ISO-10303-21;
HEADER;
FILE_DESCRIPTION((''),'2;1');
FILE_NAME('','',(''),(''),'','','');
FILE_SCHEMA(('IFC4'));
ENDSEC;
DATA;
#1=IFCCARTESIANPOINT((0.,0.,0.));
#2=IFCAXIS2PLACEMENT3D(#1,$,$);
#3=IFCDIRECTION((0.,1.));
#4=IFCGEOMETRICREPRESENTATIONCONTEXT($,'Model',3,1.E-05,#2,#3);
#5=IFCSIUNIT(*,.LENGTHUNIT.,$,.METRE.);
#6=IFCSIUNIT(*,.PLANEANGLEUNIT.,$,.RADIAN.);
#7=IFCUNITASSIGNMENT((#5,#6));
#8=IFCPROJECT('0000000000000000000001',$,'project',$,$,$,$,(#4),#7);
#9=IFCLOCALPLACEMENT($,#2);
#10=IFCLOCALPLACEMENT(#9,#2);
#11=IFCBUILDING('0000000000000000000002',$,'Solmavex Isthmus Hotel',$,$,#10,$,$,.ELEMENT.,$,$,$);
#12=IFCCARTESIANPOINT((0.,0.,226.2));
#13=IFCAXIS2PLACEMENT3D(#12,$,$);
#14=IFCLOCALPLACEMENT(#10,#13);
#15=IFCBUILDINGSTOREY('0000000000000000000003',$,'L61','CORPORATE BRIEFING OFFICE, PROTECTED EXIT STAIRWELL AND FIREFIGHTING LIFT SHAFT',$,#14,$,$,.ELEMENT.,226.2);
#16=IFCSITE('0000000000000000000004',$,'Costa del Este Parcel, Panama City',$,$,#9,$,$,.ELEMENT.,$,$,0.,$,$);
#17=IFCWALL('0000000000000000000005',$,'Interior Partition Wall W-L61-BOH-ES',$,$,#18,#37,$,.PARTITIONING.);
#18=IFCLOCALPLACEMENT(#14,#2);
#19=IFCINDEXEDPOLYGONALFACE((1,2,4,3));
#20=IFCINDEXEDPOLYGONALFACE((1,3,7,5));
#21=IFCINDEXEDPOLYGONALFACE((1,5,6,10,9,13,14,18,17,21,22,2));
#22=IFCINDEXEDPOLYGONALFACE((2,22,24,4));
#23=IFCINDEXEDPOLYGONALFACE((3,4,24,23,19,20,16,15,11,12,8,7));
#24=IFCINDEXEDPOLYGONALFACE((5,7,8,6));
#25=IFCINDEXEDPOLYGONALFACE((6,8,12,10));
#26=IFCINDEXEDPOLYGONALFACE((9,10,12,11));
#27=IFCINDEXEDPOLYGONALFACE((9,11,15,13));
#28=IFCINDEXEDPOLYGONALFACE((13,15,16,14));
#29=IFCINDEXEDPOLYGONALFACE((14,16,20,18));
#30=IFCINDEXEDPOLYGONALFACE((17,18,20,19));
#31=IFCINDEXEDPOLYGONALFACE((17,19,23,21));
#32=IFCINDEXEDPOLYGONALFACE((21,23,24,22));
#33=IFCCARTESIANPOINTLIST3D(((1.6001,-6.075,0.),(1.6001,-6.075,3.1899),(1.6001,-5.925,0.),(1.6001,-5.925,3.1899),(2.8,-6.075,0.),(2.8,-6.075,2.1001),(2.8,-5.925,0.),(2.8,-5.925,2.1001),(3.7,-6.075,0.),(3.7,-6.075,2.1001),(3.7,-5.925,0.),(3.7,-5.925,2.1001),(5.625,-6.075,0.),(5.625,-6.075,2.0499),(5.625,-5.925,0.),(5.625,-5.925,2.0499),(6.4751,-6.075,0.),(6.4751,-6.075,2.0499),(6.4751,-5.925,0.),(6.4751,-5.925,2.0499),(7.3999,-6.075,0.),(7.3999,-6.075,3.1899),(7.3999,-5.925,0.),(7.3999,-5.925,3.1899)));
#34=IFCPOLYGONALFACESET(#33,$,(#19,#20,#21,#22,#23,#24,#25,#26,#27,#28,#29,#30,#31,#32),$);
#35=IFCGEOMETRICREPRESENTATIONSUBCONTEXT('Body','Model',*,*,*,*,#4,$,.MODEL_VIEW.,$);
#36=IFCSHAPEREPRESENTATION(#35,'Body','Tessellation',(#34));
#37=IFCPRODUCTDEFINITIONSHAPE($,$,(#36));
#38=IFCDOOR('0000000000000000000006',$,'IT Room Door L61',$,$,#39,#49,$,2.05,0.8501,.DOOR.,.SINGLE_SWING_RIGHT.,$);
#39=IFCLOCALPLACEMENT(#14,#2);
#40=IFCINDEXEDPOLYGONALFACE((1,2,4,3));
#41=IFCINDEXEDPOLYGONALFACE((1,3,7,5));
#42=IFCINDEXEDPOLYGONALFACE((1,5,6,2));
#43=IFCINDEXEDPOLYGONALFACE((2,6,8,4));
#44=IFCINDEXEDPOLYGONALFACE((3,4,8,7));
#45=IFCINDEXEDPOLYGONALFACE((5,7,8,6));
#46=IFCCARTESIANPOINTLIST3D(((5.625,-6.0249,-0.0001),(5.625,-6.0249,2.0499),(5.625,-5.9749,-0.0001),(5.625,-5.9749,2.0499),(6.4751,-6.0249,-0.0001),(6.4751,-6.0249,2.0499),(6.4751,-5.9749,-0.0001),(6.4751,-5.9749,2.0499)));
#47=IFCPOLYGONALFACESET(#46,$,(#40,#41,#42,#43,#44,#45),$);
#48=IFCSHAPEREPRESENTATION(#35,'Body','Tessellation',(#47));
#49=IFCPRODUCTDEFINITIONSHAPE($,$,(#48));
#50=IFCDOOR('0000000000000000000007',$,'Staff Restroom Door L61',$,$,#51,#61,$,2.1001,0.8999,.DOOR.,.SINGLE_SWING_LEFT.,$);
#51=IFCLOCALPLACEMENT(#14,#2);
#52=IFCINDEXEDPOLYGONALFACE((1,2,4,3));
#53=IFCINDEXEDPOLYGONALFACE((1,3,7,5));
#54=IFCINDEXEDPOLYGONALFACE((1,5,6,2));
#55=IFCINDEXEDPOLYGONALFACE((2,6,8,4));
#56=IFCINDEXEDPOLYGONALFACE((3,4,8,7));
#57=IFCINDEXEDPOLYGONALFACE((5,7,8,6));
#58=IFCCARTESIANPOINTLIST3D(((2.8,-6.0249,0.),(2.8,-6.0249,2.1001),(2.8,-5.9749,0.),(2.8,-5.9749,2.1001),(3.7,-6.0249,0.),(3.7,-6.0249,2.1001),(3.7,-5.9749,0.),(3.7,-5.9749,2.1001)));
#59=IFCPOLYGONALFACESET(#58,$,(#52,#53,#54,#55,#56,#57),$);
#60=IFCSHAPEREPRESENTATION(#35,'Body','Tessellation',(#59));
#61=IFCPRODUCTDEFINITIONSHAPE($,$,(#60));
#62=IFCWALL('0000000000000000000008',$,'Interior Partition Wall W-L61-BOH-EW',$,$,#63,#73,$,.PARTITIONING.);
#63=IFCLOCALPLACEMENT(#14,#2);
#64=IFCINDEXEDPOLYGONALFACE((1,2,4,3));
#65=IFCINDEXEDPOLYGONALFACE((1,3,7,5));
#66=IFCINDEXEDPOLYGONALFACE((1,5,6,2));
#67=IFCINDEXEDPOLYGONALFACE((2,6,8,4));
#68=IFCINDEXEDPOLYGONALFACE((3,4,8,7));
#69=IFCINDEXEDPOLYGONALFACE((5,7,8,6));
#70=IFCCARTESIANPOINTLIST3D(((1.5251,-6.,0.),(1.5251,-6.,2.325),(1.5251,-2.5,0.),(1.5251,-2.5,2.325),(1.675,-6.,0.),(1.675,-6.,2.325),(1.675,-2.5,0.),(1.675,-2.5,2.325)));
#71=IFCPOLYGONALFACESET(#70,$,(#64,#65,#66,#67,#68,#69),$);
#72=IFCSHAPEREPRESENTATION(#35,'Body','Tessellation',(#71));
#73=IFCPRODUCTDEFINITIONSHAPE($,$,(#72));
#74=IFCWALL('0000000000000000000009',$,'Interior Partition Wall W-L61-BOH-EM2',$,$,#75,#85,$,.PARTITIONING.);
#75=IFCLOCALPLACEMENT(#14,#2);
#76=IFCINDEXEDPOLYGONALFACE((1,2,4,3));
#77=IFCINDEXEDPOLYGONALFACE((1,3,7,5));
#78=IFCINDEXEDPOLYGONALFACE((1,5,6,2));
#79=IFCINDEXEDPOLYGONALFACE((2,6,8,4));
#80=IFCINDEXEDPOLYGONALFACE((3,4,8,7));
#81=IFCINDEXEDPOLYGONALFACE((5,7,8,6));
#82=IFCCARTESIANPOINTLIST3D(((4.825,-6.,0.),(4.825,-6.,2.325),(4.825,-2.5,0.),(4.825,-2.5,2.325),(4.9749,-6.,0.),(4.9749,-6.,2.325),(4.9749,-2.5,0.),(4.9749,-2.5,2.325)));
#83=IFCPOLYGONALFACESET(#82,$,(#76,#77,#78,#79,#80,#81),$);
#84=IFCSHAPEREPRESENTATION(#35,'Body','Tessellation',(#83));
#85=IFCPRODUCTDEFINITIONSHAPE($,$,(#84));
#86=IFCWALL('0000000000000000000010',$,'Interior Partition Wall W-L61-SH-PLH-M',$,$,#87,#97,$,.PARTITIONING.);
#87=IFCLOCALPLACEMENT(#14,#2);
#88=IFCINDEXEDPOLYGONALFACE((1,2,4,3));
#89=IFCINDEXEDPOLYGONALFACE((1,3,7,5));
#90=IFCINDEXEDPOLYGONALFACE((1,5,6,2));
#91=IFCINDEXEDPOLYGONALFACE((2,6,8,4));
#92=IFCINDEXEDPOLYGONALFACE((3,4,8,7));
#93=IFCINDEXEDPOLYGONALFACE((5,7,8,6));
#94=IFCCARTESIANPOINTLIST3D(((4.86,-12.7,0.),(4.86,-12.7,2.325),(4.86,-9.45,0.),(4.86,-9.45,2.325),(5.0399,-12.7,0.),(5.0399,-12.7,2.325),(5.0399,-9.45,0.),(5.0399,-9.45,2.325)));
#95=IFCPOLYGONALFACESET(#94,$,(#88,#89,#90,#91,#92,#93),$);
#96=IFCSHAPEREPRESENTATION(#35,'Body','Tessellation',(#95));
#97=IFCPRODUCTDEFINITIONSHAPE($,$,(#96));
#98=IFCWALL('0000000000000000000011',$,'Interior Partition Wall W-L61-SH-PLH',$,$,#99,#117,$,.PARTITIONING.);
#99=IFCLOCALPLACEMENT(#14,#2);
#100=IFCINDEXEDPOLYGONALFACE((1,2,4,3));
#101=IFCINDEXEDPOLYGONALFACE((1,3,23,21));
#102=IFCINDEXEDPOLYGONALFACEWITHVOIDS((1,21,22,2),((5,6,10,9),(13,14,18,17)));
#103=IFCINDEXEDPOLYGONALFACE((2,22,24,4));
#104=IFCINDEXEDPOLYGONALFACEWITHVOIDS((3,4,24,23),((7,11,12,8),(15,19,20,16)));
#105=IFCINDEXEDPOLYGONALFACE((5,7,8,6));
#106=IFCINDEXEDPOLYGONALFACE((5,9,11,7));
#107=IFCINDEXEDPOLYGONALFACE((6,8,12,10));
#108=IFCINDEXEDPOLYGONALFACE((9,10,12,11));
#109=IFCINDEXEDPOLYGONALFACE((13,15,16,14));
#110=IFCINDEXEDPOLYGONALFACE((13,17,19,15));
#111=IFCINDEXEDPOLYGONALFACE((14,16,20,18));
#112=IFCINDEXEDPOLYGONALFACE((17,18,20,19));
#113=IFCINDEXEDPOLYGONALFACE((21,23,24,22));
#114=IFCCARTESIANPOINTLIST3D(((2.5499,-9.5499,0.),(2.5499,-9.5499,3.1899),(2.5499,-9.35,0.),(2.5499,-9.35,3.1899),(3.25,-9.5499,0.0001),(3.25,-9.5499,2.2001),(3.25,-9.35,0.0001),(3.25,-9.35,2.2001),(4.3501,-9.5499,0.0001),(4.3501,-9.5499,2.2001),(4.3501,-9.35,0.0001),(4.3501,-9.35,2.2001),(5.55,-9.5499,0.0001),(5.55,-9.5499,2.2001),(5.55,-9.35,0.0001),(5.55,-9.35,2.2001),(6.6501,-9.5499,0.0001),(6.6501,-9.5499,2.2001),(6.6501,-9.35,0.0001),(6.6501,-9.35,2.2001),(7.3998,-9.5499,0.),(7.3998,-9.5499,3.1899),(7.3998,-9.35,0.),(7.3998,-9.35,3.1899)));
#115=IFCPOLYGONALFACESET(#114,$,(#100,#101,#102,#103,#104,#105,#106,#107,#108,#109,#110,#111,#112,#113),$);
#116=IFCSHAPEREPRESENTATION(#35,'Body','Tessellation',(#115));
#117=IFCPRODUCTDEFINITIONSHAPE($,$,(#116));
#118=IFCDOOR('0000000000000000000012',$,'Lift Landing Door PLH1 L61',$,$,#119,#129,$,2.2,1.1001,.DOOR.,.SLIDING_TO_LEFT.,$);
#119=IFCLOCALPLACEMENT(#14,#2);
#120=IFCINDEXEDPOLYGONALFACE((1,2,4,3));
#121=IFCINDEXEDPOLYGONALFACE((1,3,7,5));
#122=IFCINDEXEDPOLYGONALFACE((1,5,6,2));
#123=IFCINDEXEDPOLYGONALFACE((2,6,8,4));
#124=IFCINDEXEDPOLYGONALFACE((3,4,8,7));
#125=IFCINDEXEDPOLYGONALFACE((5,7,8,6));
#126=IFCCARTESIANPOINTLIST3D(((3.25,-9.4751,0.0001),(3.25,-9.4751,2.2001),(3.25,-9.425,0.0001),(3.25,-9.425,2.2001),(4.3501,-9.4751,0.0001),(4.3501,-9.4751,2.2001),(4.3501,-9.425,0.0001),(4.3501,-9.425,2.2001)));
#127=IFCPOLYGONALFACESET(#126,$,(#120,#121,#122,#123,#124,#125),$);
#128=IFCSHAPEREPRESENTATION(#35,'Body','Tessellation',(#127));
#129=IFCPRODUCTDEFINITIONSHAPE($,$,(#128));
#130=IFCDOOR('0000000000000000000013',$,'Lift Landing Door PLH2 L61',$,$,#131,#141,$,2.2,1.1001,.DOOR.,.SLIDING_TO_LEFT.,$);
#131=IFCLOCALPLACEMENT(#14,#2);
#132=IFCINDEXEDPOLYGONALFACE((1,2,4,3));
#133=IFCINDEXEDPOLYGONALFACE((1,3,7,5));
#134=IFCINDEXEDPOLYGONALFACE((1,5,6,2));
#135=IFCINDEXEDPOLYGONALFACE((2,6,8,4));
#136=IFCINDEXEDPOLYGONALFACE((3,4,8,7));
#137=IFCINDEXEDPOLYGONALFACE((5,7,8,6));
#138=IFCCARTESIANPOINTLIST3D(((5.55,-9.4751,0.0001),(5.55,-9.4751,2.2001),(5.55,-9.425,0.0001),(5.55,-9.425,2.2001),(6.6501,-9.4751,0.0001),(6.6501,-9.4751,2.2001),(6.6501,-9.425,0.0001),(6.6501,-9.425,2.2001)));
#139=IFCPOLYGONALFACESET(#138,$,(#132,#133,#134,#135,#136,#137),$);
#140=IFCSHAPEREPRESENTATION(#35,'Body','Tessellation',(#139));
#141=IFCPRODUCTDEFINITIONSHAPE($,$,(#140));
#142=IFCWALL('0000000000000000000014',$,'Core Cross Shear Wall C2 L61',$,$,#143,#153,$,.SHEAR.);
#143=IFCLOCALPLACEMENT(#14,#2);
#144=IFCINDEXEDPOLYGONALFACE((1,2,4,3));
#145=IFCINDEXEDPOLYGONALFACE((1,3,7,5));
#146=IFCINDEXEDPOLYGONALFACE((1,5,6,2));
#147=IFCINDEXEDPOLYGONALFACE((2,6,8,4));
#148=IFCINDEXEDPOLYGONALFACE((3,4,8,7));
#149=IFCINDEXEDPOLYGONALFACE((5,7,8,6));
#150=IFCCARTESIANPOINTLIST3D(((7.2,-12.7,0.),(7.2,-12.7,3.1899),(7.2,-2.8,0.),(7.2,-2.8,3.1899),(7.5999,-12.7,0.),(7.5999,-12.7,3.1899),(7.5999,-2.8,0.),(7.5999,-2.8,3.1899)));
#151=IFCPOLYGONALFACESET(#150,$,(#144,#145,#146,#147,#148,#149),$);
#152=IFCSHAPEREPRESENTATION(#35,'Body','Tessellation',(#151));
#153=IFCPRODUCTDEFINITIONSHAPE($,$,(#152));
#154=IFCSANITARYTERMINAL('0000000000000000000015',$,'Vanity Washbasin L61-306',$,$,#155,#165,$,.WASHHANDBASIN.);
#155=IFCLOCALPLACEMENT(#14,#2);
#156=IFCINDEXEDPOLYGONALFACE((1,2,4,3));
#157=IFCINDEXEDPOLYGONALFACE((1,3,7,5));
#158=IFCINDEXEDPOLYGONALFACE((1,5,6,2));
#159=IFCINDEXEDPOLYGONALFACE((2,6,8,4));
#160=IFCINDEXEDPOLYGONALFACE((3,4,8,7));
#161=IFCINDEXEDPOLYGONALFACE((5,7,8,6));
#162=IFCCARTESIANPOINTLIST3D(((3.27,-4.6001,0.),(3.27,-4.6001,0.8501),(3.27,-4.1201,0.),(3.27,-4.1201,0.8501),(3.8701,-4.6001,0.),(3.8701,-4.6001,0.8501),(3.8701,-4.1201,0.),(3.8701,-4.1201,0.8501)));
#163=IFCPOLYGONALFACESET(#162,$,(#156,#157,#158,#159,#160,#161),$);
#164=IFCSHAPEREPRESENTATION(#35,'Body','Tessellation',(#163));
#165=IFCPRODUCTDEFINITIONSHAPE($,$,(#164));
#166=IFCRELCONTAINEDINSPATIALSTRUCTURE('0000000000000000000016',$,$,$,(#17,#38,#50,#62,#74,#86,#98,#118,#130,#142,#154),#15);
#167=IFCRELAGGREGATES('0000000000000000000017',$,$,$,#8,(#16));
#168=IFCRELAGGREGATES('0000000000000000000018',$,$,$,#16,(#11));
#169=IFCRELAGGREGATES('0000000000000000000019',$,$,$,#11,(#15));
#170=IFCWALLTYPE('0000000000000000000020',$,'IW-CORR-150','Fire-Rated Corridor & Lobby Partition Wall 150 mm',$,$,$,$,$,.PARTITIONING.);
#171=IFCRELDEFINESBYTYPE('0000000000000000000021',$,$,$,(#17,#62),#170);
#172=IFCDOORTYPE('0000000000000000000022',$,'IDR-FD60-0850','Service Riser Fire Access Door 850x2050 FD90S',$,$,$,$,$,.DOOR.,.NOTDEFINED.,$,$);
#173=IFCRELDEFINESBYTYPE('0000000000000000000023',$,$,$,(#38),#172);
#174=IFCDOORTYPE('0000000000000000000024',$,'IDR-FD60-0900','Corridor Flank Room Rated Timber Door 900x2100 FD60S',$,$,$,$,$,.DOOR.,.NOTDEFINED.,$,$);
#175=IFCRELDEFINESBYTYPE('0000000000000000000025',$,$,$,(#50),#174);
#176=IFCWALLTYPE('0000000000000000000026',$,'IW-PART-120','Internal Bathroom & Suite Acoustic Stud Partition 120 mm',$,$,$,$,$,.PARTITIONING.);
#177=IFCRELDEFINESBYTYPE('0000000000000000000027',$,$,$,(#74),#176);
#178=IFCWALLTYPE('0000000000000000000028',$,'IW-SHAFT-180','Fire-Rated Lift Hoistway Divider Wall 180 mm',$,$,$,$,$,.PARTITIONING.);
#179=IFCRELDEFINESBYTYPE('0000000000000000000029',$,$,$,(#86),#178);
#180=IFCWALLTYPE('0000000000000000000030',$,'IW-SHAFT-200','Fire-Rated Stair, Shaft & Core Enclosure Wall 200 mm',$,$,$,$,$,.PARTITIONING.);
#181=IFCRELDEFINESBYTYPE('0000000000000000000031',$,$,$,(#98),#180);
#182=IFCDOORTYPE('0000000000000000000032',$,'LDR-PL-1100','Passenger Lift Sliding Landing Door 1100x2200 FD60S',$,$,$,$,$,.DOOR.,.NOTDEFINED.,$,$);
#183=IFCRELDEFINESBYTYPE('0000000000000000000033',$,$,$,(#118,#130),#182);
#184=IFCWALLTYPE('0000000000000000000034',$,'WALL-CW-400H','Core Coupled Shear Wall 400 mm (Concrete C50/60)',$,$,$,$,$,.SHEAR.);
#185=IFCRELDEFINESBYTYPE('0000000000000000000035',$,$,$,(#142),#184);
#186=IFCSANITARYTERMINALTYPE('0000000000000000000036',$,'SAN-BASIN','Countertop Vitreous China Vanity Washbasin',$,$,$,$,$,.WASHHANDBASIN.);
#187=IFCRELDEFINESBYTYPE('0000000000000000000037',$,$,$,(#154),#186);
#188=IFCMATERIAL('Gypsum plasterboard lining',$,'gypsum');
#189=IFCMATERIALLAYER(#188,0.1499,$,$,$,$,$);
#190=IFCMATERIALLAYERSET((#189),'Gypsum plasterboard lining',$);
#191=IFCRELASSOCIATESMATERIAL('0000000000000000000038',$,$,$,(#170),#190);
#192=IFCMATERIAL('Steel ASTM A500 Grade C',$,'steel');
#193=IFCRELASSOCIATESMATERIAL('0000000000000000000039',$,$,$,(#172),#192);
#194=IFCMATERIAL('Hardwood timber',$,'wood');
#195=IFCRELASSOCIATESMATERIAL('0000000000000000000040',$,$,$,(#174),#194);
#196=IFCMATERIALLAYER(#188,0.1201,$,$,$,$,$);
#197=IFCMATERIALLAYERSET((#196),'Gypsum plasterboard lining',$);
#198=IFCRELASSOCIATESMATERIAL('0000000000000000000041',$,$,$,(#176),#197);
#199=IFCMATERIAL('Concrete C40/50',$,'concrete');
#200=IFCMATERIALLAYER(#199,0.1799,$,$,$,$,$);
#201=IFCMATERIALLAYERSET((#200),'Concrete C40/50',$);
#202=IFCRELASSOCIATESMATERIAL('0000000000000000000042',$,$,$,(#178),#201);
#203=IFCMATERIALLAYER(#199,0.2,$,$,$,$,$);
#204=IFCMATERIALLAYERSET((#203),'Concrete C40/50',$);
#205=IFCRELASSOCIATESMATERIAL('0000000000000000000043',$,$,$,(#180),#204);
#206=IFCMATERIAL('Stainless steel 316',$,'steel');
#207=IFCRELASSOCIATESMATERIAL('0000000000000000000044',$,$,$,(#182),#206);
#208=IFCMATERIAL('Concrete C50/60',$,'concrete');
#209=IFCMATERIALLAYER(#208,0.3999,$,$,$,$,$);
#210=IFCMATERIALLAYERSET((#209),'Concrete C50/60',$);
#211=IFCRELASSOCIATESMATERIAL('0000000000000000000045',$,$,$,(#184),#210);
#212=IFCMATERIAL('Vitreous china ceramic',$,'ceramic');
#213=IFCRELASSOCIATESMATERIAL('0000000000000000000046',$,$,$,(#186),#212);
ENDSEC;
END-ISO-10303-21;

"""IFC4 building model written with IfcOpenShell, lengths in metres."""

from ifc_helpers import new_model, si_unit, direction, frame, frame_2d, origin, origin_2d, place, context, subcontext, project, spatial, rectangle, extrude, material, layer, layer_set, type_object, element, fill, save


model = new_model("IFC4")

# Units and contexts
model_context = context("Model", 3, precision=1e-05, world=origin(), true_north=direction((0.0, 1.0)))
body_context = subcontext(model_context, "Body", "Model", "MODEL_VIEW")
ifc_project = project(units=[si_unit("LENGTHUNIT", "METRE"), si_unit("PLANEANGLEUNIT", "RADIAN")], contexts=[model_context])

# Site, building, storey
site_placement = place(None, origin())
site = spatial("IfcSite", under=ifc_project, at=site_placement, Name="Costa del Este Parcel, Panama City", CompositionType="ELEMENT", RefElevation=0.0)
building_placement = place(site_placement, origin())
building = spatial("IfcBuilding", under=site, at=building_placement, Name="Solmavex Isthmus Hotel", CompositionType="ELEMENT")
storey_placement = place(building_placement, frame((0.0, 0.0, 226.2)))
storey = spatial("IfcBuildingStorey", under=building, at=storey_placement, Name="L61", Description="CORPORATE BRIEFING OFFICE, PROTECTED EXIT STAIRWELL AND FIREFIGHTING LIFT SHAFT", CompositionType="ELEMENT", Elevation=226.2)

# Shared definitions
ifc_material_1 = material(Name="Concrete C50/60", Category="concrete")

# Shared definitions
ifc_material_2 = material(Name="Gypsum plasterboard lining", Category="gypsum")

# Wall, openings, doors
ifc_layer_1 = layer(ifc_material_2, 0.1499)
ifc_layer_set_1 = layer_set([ifc_layer_1], Name="Gypsum plasterboard lining")
wall_type_1 = type_object("IfcWallType", Name="IW-CORR-150", Description="Fire-Rated Corridor & Lobby Partition Wall 150 mm", PredefinedType="PARTITIONING", material=ifc_layer_set_1)
wall_1_placement = place(storey_placement, frame((1.6001, -6.0, 0.0), z_axis=(0.0, 0.0, 1.0), x_axis=(1.0, 0.0, 0.0)))
wall_1 = element("IfcWall", 1, at=wall_1_placement, inside=storey, type_object=wall_type_1, Name="Interior Partition Wall W-L61-BOH-ES", PredefinedType="PARTITIONING", context=body_context, shape_type="SweptSolid", body=[
    extrude(rectangle(XDim=5.7998, YDim=0.1499, at=frame_2d((2.8999, 0.0))), origin(), (0.0, 0.0, 1.0), 3.1899),
])
opening_1_placement = place(wall_1_placement, frame((1.2, 0.0, 0.0)))
opening_1 = element("IfcOpeningElement", 2, at=opening_1_placement, cuts=wall_1, PredefinedType="OPENING", context=body_context, shape_type="SweptSolid", body=[
    extrude(rectangle(XDim=0.8999, YDim=2.1001, at=frame_2d((0.45, 1.05))), frame((0.0, 0.085, 0.0), z_axis=(0.0, -1.0, 0.0), x_axis=(1.0, 0.0, 0.0)), (0.0, 0.0, 1.0), 0.1699),
])
opening_2_placement = place(wall_1_placement, frame((4.0249, 0.0, 0.0)))
opening_2 = element("IfcOpeningElement", 3, at=opening_2_placement, cuts=wall_1, PredefinedType="OPENING", context=body_context, shape_type="SweptSolid", body=[
    extrude(rectangle(XDim=0.8501, YDim=2.05, at=frame_2d((0.425, 1.0249))), frame((0.0, 0.085, 0.0), z_axis=(0.0, -1.0, 0.0), x_axis=(1.0, 0.0, 0.0)), (0.0, 0.0, 1.0), 0.1699),
])
ifc_material_3 = material(Name="Steel ASTM A500 Grade C", Category="steel")
door_type_1 = type_object("IfcDoorType", Name="IDR-FD60-0850", Description="Service Riser Fire Access Door 850x2050 FD90S", OperationType="NOTDEFINED", PredefinedType="DOOR", material=ifc_material_3)
door_1_placement = place(opening_2_placement, frame((0.8501, 0.0, 0.0), z_axis=(0.0, 0.0, 1.0), x_axis=(-1.0, 0.0, 0.0)))
door_1 = element("IfcDoor", 4, at=door_1_placement, inside=storey, type_object=door_type_1, Name="IT Room Door L61", OperationType="SINGLE_SWING_RIGHT", OverallHeight=2.05, OverallWidth=0.8501, PredefinedType="DOOR", context=body_context, shape_type="SweptSolid", body=[
    extrude(rectangle(XDim=0.8501, YDim=2.05, at=frame_2d((0.425, 1.0249))), frame((0.0, 0.0249, 0.0), z_axis=(0.0, -1.0, 0.0), x_axis=(1.0, 0.0, 0.0)), (0.0, 0.0, 1.0), 0.05),
])
fill(opening_2, door_1)
ifc_material_4 = material(Name="Hardwood timber", Category="wood")
door_type_2 = type_object("IfcDoorType", Name="IDR-FD60-0900", Description="Corridor Flank Room Rated Timber Door 900x2100 FD60S", OperationType="NOTDEFINED", PredefinedType="DOOR", material=ifc_material_4)
door_2_placement = place(opening_1_placement, frame((0.8999, 0.0, 0.0), z_axis=(0.0, 0.0, 1.0), x_axis=(-1.0, 0.0, 0.0)))
door_2 = element("IfcDoor", 5, at=door_2_placement, inside=storey, type_object=door_type_2, Name="Staff Restroom Door L61", OperationType="SINGLE_SWING_LEFT", OverallHeight=2.1001, OverallWidth=0.8999, PredefinedType="DOOR", context=body_context, shape_type="SweptSolid", body=[
    extrude(rectangle(XDim=0.8999, YDim=2.1001, at=frame_2d((0.45, 1.05))), frame((0.0, 0.0249, 0.0), z_axis=(0.0, -1.0, 0.0), x_axis=(1.0, 0.0, 0.0)), (0.0, 0.0, 1.0), 0.05),
])
fill(opening_1, door_2)

# Walls
wall_2_placement = place(storey_placement, frame((1.6001, -6.0, 0.0), z_axis=(0.0, 0.0, 1.0), x_axis=(0.0, 1.0, 0.0)))
element("IfcWall", 6, at=wall_2_placement, inside=storey, type_object=wall_type_1, Name="Interior Partition Wall W-L61-BOH-EW", PredefinedType="PARTITIONING", context=body_context, shape_type="SweptSolid", body=[
    extrude(rectangle(XDim=3.5, YDim=0.1499, at=frame_2d((1.75, 0.0))), origin(), (0.0, 0.0, 1.0), 2.325),
])
ifc_layer_2 = layer(ifc_material_2, 0.1201)
ifc_layer_set_2 = layer_set([ifc_layer_2], Name="Gypsum plasterboard lining")
wall_type_2 = type_object("IfcWallType", Name="IW-PART-120", Description="Internal Bathroom & Suite Acoustic Stud Partition 120 mm", PredefinedType="PARTITIONING", material=ifc_layer_set_2)
wall_3_placement = place(storey_placement, frame((4.8999, -6.0, 0.0), z_axis=(0.0, 0.0, 1.0), x_axis=(0.0, 1.0, 0.0)))
element("IfcWall", 7, at=wall_3_placement, inside=storey, type_object=wall_type_2, Name="Interior Partition Wall W-L61-BOH-EM2", PredefinedType="PARTITIONING", context=body_context, shape_type="SweptSolid", body=[
    extrude(rectangle(XDim=3.5, YDim=0.1499, at=frame_2d((1.75, 0.0))), origin(), (0.0, 0.0, 1.0), 2.325),
])
ifc_material_5 = material(Name="Concrete C40/50", Category="concrete")
ifc_layer_3 = layer(ifc_material_5, 0.1799)
ifc_layer_set_3 = layer_set([ifc_layer_3], Name="Concrete C40/50")
wall_type_3 = type_object("IfcWallType", Name="IW-SHAFT-180", Description="Fire-Rated Lift Hoistway Divider Wall 180 mm", PredefinedType="PARTITIONING", material=ifc_layer_set_3)
wall_4_placement = place(storey_placement, frame((4.95, -12.7, 0.0), z_axis=(0.0, 0.0, 1.0), x_axis=(0.0, 1.0, 0.0)))
element("IfcWall", 8, at=wall_4_placement, inside=storey, type_object=wall_type_3, Name="Interior Partition Wall W-L61-SH-PLH-M", PredefinedType="PARTITIONING", context=body_context, shape_type="SweptSolid", body=[
    extrude(rectangle(XDim=3.25, YDim=0.1799, at=frame_2d((1.625, 0.0))), origin(), (0.0, 0.0, 1.0), 2.325),
])

# Wall, openings, doors
ifc_layer_4 = layer(ifc_material_5, 0.2)
ifc_layer_set_4 = layer_set([ifc_layer_4], Name="Concrete C40/50")
wall_type_4 = type_object("IfcWallType", Name="IW-SHAFT-200", Description="Fire-Rated Stair, Shaft & Core Enclosure Wall 200 mm", PredefinedType="PARTITIONING", material=ifc_layer_set_4)
wall_5_placement = place(storey_placement, frame((2.55, -9.45, 0.0), z_axis=(0.0, 0.0, 1.0), x_axis=(1.0, 0.0, 0.0)))
wall_5 = element("IfcWall", 9, at=wall_5_placement, inside=storey, type_object=wall_type_4, Name="Interior Partition Wall W-L61-SH-PLH", PredefinedType="PARTITIONING", context=body_context, shape_type="SweptSolid", body=[
    extrude(rectangle(XDim=4.8499, YDim=0.2, at=frame_2d((2.4248, 0.0))), origin(), (0.0, 0.0, 1.0), 3.1899),
])
opening_3_placement = place(wall_5_placement, frame((0.7, 0.0, 0.0)))
opening_3 = element("IfcOpeningElement", 10, at=opening_3_placement, cuts=wall_5, PredefinedType="OPENING", context=body_context, shape_type="SweptSolid", body=[
    extrude(rectangle(XDim=1.1001, YDim=2.2, at=frame_2d((0.55, 1.1001))), frame((0.0, 0.1099, 0.0), z_axis=(0.0, -1.0, 0.0), x_axis=(1.0, 0.0, 0.0)), (0.0, 0.0, 1.0), 0.22),
])
opening_4_placement = place(wall_5_placement, frame((3.0, 0.0, 0.0)))
opening_4 = element("IfcOpeningElement", 11, at=opening_4_placement, cuts=wall_5, PredefinedType="OPENING", context=body_context, shape_type="SweptSolid", body=[
    extrude(rectangle(XDim=1.1001, YDim=2.2, at=frame_2d((0.55, 1.1001))), frame((0.0, 0.1099, 0.0), z_axis=(0.0, -1.0, 0.0), x_axis=(1.0, 0.0, 0.0)), (0.0, 0.0, 1.0), 0.22),
])
ifc_material_6 = material(Name="Stainless steel 316", Category="steel")
door_type_3 = type_object("IfcDoorType", Name="LDR-PL-1100", Description="Passenger Lift Sliding Landing Door 1100x2200 FD60S", OperationType="NOTDEFINED", PredefinedType="DOOR", material=ifc_material_6)
door_3_placement = place(opening_3_placement, origin())
door_3 = element("IfcDoor", 12, at=door_3_placement, inside=storey, type_object=door_type_3, Name="Lift Landing Door PLH1 L61", OperationType="SLIDING_TO_LEFT", OverallHeight=2.2, OverallWidth=1.1001, PredefinedType="DOOR", context=body_context, shape_type="SweptSolid", body=[
    extrude(rectangle(XDim=1.1001, YDim=2.2, at=frame_2d((0.55, 1.1001))), frame((0.0, 0.0249, 0.0), z_axis=(0.0, -1.0, 0.0), x_axis=(1.0, 0.0, 0.0)), (0.0, 0.0, 1.0), 0.05),
])
fill(opening_3, door_3)
door_4_placement = place(opening_4_placement, origin())
door_4 = element("IfcDoor", 13, at=door_4_placement, inside=storey, type_object=door_type_3, Name="Lift Landing Door PLH2 L61", OperationType="SLIDING_TO_LEFT", OverallHeight=2.2, OverallWidth=1.1001, PredefinedType="DOOR", context=body_context, shape_type="SweptSolid", body=[
    extrude(rectangle(XDim=1.1001, YDim=2.2, at=frame_2d((0.55, 1.1001))), frame((0.0, 0.0249, 0.0), z_axis=(0.0, -1.0, 0.0), x_axis=(1.0, 0.0, 0.0)), (0.0, 0.0, 1.0), 0.05),
])
fill(opening_4, door_4)

# Wall
ifc_layer_5 = layer(ifc_material_1, 0.3999)
ifc_layer_set_5 = layer_set([ifc_layer_5], Name="Concrete C50/60")
wall_type_5 = type_object("IfcWallType", Name="WALL-CW-400H", Description="Core Coupled Shear Wall 400 mm (Concrete C50/60)", PredefinedType="SHEAR", material=ifc_layer_set_5)
wall_6_placement = place(storey_placement, frame((7.3999, -12.7, 0.0), z_axis=(0.0, 0.0, 1.0), x_axis=(0.0, 1.0, 0.0)))
element("IfcWall", 14, at=wall_6_placement, inside=storey, type_object=wall_type_5, Name="Core Cross Shear Wall C2 L61", PredefinedType="SHEAR", context=body_context, shape_type="SweptSolid", body=[
    extrude(rectangle(XDim=9.8999, YDim=0.3999, at=frame_2d((4.95, 0.0))), origin(), (0.0, 0.0, 1.0), 3.1899),
])

# Sanitary terminal
ifc_material_7 = material(Name="Vitreous china ceramic", Category="ceramic")
sanitary_terminal_type_1 = type_object("IfcSanitaryTerminalType", Name="SAN-BASIN", Description="Countertop Vitreous China Vanity Washbasin", PredefinedType="WASHHANDBASIN", material=ifc_material_7)
sanitary_terminal_1_placement = place(storey_placement, frame((3.5701, -4.3601, 0.0), z_axis=(0.0, 0.0, 1.0), x_axis=(1.0, 0.0, 0.0)))
element("IfcSanitaryTerminal", 15, at=sanitary_terminal_1_placement, inside=storey, type_object=sanitary_terminal_type_1, Name="Vanity Washbasin L61-306", PredefinedType="WASHHANDBASIN", context=body_context, shape_type="SweptSolid", body=[
    extrude(rectangle(XDim=0.6001, YDim=0.48, at=origin_2d()), origin(), (0.0, 0.0, 1.0), 0.8501),
])

save(model, "model.ifc")
